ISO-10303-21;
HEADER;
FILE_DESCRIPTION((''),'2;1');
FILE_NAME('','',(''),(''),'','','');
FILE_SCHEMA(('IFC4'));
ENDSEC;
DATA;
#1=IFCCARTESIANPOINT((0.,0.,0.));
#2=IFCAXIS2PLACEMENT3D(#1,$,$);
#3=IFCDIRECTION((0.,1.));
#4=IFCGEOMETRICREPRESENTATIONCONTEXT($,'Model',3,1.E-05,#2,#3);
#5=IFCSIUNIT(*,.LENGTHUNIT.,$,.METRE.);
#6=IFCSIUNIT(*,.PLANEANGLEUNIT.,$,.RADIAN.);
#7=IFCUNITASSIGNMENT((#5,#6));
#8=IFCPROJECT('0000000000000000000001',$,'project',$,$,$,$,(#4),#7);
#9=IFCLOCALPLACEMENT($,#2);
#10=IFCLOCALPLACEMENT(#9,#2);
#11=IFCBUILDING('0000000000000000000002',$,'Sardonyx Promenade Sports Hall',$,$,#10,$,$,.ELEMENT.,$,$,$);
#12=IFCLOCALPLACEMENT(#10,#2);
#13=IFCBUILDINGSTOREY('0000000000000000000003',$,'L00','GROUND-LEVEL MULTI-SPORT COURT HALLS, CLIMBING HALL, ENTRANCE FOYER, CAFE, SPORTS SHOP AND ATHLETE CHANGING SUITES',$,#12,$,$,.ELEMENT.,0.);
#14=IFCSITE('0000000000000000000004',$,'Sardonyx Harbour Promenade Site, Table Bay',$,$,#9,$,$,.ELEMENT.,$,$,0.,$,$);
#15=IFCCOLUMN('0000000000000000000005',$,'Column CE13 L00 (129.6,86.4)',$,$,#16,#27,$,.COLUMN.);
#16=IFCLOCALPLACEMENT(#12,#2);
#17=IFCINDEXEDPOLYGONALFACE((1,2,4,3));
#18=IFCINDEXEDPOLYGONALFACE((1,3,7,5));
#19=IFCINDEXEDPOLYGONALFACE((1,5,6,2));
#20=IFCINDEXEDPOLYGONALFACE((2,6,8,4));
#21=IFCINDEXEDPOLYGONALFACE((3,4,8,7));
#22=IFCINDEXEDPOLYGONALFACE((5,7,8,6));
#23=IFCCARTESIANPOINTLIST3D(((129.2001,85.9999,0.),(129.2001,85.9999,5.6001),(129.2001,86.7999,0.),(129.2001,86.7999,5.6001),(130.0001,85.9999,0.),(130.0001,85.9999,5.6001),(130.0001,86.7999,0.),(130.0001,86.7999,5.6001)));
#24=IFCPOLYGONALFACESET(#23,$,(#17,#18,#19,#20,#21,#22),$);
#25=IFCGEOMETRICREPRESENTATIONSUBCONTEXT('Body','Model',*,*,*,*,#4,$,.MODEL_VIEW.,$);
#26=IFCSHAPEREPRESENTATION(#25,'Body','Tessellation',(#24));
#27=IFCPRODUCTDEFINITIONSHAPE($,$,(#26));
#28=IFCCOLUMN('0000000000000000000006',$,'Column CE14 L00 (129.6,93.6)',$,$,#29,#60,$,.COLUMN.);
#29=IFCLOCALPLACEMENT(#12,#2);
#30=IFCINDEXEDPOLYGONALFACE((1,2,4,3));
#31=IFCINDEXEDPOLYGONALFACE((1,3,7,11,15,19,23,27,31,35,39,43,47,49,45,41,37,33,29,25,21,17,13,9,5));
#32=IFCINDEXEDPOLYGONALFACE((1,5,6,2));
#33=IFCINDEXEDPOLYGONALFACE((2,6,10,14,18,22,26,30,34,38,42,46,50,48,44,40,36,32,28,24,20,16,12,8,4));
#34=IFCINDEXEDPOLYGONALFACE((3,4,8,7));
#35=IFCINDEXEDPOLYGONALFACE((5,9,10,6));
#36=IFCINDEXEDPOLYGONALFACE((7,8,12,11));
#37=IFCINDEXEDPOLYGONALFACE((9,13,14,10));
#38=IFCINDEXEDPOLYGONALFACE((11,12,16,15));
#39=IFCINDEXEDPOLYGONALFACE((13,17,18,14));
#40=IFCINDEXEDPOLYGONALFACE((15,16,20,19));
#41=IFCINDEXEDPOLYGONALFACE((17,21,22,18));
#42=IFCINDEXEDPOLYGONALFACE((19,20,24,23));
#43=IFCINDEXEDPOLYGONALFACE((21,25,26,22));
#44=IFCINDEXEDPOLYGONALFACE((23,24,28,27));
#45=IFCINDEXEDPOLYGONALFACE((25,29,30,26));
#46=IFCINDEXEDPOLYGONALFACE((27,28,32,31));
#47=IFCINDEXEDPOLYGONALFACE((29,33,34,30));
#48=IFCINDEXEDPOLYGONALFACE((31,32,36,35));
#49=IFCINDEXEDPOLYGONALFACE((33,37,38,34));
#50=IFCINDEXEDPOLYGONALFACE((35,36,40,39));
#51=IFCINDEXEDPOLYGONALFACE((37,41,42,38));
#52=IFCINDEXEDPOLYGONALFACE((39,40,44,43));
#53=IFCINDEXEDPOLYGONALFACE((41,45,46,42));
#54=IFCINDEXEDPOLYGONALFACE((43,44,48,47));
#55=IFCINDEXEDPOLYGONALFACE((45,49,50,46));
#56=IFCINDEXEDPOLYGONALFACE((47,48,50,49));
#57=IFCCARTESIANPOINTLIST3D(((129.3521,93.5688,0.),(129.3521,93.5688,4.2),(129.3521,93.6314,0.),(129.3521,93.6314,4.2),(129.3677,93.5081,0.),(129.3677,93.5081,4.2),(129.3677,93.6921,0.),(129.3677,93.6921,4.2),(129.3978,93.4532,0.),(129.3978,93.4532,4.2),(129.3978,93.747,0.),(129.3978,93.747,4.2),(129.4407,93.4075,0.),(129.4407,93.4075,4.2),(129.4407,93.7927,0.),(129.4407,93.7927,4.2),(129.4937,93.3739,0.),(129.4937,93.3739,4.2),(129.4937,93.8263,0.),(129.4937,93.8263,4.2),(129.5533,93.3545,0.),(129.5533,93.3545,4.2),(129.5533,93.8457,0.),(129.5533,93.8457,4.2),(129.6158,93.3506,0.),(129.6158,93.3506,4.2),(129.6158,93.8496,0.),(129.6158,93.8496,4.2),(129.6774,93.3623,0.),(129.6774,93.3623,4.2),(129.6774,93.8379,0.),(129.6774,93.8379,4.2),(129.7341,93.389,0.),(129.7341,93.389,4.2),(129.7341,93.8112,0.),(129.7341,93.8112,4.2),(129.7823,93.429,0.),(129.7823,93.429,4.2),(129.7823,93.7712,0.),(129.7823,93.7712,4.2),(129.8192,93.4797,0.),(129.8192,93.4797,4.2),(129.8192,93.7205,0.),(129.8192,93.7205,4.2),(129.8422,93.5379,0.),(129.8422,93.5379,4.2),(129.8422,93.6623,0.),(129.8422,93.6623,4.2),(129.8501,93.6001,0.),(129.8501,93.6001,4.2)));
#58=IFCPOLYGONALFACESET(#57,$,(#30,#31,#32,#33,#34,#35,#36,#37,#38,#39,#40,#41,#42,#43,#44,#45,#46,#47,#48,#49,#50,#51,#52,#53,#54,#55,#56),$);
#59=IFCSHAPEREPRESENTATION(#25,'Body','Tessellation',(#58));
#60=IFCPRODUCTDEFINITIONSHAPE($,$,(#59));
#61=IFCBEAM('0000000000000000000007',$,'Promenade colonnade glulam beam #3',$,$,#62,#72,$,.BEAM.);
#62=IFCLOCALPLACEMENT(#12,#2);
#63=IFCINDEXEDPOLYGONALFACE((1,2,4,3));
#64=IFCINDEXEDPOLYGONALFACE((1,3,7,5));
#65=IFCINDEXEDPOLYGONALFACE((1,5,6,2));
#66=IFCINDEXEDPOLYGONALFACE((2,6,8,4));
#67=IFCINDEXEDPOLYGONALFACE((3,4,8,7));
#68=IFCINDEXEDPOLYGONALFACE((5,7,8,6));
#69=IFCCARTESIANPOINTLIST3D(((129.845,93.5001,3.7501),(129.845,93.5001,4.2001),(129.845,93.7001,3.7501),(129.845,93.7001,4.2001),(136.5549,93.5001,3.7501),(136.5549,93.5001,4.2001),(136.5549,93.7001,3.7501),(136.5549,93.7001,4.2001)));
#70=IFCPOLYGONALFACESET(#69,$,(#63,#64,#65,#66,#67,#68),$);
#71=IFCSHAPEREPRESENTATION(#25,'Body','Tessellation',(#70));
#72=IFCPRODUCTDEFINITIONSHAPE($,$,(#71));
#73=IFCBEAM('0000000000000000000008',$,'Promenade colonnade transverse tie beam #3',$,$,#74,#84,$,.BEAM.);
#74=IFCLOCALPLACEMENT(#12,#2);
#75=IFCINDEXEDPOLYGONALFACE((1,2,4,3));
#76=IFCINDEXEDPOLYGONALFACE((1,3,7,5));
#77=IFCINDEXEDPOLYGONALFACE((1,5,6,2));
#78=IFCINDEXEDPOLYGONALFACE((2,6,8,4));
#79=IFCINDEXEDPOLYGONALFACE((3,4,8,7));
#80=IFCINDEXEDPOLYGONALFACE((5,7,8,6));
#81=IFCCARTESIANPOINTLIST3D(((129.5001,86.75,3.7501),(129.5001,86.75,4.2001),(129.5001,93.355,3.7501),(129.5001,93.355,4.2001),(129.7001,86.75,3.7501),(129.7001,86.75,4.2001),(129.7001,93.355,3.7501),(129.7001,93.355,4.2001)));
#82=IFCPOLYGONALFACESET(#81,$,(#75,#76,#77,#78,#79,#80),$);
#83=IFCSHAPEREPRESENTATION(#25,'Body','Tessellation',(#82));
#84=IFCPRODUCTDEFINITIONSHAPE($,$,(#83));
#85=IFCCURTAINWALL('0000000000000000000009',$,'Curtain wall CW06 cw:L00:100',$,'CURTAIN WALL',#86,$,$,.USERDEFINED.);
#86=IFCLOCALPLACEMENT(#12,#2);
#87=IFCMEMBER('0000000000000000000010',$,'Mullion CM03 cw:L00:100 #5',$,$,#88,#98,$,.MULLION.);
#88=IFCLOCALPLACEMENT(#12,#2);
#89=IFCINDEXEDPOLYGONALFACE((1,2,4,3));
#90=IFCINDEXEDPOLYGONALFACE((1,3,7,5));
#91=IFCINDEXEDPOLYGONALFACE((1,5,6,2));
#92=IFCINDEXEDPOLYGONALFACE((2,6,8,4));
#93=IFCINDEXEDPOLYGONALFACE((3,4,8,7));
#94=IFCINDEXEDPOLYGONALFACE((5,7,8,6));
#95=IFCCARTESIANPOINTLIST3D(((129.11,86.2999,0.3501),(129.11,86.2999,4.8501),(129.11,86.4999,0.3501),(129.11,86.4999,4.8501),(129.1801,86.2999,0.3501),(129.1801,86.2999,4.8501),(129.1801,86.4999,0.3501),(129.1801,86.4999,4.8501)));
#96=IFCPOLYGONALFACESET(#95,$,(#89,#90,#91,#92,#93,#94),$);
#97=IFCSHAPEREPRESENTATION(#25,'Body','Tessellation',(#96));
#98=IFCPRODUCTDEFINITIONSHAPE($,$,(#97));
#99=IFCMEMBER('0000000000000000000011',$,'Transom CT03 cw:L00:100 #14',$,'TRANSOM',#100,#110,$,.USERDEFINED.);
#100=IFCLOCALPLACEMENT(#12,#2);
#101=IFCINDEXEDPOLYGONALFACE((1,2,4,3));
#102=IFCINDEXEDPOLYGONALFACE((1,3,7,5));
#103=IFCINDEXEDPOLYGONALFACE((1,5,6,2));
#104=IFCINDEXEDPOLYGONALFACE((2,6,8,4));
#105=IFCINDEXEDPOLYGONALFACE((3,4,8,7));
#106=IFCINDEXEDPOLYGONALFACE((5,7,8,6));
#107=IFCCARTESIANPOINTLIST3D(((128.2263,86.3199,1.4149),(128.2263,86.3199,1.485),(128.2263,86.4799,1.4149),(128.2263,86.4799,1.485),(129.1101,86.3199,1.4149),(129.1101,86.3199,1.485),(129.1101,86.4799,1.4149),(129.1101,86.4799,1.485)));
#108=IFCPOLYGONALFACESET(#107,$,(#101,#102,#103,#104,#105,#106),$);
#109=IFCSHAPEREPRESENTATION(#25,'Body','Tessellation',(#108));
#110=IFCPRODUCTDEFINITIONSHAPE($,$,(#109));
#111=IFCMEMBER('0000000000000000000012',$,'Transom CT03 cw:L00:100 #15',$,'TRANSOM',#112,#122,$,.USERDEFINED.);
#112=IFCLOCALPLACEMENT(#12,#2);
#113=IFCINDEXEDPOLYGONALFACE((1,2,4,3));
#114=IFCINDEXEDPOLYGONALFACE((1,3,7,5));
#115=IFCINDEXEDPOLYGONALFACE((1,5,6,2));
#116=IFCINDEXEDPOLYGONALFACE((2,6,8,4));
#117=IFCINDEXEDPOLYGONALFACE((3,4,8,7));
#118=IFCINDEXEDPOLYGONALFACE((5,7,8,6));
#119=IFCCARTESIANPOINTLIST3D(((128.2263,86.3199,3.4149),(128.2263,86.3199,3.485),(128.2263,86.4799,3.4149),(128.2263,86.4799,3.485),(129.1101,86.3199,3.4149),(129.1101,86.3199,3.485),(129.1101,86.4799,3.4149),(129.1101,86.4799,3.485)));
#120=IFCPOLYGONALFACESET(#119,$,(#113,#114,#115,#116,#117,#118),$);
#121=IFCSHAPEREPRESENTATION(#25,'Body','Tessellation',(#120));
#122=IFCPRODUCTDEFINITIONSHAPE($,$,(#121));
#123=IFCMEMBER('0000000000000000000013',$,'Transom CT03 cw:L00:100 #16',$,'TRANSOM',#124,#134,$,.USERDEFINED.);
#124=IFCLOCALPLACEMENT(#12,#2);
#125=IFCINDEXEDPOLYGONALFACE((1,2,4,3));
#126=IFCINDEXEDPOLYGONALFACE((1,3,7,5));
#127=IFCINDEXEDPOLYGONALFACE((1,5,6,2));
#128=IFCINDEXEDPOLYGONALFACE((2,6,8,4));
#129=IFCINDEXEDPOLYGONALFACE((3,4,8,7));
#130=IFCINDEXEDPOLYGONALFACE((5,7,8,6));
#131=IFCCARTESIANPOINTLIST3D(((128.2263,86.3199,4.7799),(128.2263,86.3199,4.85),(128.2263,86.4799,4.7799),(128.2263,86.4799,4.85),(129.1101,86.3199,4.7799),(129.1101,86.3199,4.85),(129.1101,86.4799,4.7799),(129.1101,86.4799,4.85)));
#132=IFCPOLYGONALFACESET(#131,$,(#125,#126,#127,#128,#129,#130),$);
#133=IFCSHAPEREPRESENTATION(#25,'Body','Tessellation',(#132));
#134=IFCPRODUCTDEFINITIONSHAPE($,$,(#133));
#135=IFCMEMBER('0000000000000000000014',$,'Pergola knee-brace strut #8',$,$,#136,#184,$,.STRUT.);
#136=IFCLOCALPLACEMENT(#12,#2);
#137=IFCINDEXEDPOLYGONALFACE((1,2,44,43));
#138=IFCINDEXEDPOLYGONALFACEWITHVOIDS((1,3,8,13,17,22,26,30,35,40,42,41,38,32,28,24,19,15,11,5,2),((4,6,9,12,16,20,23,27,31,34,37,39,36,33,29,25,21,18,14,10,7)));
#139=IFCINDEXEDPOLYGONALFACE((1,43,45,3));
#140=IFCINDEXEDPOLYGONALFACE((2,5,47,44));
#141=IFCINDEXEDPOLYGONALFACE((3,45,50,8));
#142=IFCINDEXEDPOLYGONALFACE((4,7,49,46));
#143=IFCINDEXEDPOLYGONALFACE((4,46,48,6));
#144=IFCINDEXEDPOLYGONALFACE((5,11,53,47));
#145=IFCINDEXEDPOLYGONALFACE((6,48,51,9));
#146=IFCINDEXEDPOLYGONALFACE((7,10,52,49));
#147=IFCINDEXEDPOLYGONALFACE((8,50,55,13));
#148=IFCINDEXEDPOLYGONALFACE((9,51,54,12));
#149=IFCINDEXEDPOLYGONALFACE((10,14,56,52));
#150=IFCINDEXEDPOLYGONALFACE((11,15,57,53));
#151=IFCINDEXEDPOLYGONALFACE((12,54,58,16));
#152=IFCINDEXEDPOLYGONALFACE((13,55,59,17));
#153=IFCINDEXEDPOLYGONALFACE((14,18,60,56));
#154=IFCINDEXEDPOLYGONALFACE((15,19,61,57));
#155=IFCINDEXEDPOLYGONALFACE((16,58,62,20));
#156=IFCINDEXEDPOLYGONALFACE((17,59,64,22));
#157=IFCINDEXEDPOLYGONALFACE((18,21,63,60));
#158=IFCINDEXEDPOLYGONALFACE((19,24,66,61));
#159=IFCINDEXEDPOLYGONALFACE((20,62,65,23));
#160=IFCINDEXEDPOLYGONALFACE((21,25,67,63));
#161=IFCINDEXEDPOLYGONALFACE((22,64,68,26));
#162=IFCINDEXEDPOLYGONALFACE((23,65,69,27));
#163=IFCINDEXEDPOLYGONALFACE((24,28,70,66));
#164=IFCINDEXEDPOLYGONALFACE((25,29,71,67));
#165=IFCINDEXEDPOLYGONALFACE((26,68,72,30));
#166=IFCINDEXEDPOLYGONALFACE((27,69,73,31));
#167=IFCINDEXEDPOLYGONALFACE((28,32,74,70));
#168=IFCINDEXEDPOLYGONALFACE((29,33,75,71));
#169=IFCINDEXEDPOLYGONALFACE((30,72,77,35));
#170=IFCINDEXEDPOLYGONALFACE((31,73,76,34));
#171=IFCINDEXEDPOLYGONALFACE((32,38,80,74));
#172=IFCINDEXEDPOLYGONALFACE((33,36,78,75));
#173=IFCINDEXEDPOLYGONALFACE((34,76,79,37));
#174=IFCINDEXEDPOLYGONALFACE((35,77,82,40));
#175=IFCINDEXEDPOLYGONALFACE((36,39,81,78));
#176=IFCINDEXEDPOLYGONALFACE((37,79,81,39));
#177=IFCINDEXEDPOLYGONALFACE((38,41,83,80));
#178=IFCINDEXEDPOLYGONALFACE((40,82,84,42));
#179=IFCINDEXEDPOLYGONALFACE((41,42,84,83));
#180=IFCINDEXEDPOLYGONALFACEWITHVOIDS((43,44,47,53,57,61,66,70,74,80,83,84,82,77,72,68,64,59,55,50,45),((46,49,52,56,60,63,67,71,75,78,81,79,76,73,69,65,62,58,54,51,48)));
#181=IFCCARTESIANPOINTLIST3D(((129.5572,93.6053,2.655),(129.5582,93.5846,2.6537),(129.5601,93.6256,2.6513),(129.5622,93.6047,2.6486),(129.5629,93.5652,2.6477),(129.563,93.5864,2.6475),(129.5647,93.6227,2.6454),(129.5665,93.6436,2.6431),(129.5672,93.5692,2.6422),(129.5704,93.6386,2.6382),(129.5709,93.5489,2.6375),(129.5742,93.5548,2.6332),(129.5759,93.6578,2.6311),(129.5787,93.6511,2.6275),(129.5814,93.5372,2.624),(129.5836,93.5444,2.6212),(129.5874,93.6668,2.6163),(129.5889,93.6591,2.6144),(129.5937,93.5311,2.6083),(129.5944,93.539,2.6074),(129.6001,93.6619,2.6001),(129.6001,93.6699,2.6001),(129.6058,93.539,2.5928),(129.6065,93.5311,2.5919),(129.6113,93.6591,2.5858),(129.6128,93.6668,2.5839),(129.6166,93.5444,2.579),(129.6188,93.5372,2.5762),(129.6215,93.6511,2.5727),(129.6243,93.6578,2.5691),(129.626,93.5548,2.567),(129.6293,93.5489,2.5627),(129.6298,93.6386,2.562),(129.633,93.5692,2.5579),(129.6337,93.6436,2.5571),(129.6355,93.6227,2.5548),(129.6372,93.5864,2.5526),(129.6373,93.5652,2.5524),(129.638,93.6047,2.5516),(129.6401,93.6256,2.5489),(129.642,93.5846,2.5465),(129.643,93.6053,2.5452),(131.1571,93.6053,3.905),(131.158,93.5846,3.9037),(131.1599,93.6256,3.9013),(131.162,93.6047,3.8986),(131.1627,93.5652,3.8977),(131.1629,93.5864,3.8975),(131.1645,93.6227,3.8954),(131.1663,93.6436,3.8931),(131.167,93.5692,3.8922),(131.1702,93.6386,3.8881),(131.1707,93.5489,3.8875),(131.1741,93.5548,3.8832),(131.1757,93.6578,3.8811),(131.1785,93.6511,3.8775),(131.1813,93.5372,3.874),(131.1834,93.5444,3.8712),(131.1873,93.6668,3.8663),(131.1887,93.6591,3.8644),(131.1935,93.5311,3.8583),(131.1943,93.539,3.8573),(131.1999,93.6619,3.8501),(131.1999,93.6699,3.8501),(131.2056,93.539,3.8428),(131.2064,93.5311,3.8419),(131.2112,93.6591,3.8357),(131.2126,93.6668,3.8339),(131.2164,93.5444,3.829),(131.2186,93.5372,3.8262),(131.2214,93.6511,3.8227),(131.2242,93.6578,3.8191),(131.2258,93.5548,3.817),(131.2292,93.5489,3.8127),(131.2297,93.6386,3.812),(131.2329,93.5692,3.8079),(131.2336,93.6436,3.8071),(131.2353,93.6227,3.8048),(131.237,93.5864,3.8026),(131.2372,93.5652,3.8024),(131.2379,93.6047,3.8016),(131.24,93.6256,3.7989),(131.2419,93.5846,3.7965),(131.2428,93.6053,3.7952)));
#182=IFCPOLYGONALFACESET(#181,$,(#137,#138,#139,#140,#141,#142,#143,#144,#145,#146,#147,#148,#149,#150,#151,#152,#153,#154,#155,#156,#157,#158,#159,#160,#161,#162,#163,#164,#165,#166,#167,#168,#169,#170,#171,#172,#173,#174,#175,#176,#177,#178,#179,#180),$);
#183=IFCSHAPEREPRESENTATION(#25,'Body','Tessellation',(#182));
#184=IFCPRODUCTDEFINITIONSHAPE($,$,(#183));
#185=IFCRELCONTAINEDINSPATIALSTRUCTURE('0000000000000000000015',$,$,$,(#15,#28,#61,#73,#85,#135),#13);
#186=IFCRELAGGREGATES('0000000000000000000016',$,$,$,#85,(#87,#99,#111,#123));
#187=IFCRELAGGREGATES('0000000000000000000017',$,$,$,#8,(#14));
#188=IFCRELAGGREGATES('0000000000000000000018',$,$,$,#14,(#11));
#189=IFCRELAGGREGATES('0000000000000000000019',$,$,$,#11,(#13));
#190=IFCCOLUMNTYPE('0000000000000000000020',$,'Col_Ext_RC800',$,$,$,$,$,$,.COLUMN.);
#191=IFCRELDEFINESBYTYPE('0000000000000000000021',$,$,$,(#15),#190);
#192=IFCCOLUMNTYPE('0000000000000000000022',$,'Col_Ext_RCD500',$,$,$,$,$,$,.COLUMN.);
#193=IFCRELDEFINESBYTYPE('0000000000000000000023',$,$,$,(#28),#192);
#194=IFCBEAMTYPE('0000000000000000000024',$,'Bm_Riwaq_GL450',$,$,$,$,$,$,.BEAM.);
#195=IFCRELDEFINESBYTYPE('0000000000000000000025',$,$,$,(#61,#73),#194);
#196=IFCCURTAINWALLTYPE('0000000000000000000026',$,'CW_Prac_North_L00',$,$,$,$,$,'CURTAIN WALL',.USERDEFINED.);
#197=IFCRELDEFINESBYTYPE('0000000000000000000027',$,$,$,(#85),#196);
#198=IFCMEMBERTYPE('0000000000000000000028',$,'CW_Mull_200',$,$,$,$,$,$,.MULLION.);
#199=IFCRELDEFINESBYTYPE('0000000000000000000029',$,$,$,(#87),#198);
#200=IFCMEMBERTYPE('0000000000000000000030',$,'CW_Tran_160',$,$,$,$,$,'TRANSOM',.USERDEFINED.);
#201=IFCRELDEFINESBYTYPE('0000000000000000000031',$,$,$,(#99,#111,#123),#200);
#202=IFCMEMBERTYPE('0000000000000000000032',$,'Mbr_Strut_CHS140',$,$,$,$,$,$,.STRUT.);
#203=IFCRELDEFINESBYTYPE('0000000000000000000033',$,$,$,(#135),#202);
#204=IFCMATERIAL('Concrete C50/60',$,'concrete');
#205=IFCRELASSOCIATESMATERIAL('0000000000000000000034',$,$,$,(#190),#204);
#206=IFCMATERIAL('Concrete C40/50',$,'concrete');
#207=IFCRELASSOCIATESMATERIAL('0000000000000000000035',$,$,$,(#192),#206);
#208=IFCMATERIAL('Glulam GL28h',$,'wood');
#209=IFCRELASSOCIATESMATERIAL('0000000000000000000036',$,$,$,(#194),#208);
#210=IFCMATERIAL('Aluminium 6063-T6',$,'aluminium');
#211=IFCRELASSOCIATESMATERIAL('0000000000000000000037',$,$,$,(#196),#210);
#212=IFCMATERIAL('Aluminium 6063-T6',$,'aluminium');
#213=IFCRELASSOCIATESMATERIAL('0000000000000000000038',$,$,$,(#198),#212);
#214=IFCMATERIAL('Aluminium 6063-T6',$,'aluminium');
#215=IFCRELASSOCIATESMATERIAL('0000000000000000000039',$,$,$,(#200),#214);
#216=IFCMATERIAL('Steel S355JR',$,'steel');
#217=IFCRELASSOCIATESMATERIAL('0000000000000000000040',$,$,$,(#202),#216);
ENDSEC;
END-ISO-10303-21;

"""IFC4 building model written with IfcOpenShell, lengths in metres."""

from ifc_helpers import new_model, si_unit, direction, frame, origin, origin_2d, place, context, subcontext, project, spatial, rectangle, circle, hollow_circle, extrude, material, material_profile, profile_set, type_object, element, aggregate, save


model = new_model("IFC4")

# Units and contexts
model_context = context("Model", 3, precision=1e-05, world=origin(), true_north=direction((0.0, 1.0)))
body_context = subcontext(model_context, "Body", "Model", "MODEL_VIEW")
ifc_project = project(units=[si_unit("LENGTHUNIT", "METRE"), si_unit("PLANEANGLEUNIT", "RADIAN")], contexts=[model_context])

# Site, building, storey
site_placement = place(None, origin())
site = spatial("IfcSite", under=ifc_project, at=site_placement, Name="Sardonyx Harbour Promenade Site, Table Bay", CompositionType="ELEMENT", RefElevation=0.0)
building_placement = place(site_placement, origin())
building = spatial("IfcBuilding", under=site, at=building_placement, Name="Sardonyx Promenade Sports Hall", CompositionType="ELEMENT")
storey_placement = place(building_placement, origin())
storey = spatial("IfcBuildingStorey", under=building, at=storey_placement, Name="L00", Description="GROUND-LEVEL MULTI-SPORT COURT HALLS, CLIMBING HALL, ENTRANCE FOYER, CAFE, SPORTS SHOP AND ATHLETE CHANGING SUITES", CompositionType="ELEMENT", Elevation=0.0)

# Columns
ifc_material_1 = material(Name="Concrete C50/60", Category="concrete")
ifc_material_profile_1 = material_profile(ifc_material_1, rectangle(XDim=0.8, YDim=0.8, at=origin_2d()))
ifc_profile_set_1 = profile_set([ifc_material_profile_1], Name="Concrete C50/60")
column_type_1 = type_object("IfcColumnType", Name="Col_Ext_RC800", PredefinedType="COLUMN", material=ifc_profile_set_1)
column_1_placement = place(storey_placement, frame((129.6001, 86.3999, 0.0), z_axis=(0.0, 0.0, 1.0), x_axis=(1.0, 0.0, 0.0)))
element("IfcColumn", 1, at=column_1_placement, inside=storey, type_object=column_type_1, Name="Column CE13 L00 (129.6,86.4)", PredefinedType="COLUMN", context=body_context, shape_type="SweptSolid", body=[
    extrude(rectangle(XDim=0.8, YDim=0.8, at=origin_2d()), origin(), (0.0, 0.0, 1.0), 5.6001),
])
ifc_material_2 = material(Name="Concrete C40/50", Category="concrete")
ifc_material_profile_2 = material_profile(ifc_material_2, circle(Radius=0.25, at=origin_2d()))
ifc_profile_set_2 = profile_set([ifc_material_profile_2], Name="Concrete C40/50")
column_type_2 = type_object("IfcColumnType", Name="Col_Ext_RCD500", PredefinedType="COLUMN", material=ifc_profile_set_2)
column_2_placement = place(storey_placement, frame((129.6001, 93.6001, 0.0), z_axis=(0.0, 0.0, 1.0), x_axis=(1.0, 0.0, 0.0)))
element("IfcColumn", 2, at=column_2_placement, inside=storey, type_object=column_type_2, Name="Column CE14 L00 (129.6,93.6)", PredefinedType="COLUMN", context=body_context, shape_type="SweptSolid", body=[
    extrude(circle(Radius=0.25, at=origin_2d()), origin(), (0.0, 0.0, 1.0), 4.2),
])

# Beams
ifc_material_3 = material(Name="Glulam GL28h", Category="wood")
ifc_material_profile_3 = material_profile(ifc_material_3, rectangle(XDim=0.2, YDim=0.45, at=origin_2d()))
ifc_profile_set_3 = profile_set([ifc_material_profile_3], Name="Glulam GL28h")
beam_type = type_object("IfcBeamType", Name="Bm_Riwaq_GL450", PredefinedType="BEAM", material=ifc_profile_set_3)
beam_1_placement = place(storey_placement, frame((129.845, 93.6001, 3.9751), z_axis=(1.0, 0.0, 0.0), x_axis=(0.0, 1.0, 0.0)))
element("IfcBeam", 3, at=beam_1_placement, inside=storey, type_object=beam_type, Name="Promenade colonnade glulam beam #3", PredefinedType="BEAM", context=body_context, shape_type="SweptSolid", body=[
    extrude(rectangle(XDim=0.2, YDim=0.45, at=origin_2d()), origin(), (0.0, 0.0, 1.0), 6.71),
])
beam_2_placement = place(storey_placement, frame((129.6001, 86.75, 3.9751), z_axis=(0.0, 1.0, 0.0), x_axis=(-1.0, 0.0, 0.0)))
element("IfcBeam", 4, at=beam_2_placement, inside=storey, type_object=beam_type, Name="Promenade colonnade transverse tie beam #3", PredefinedType="BEAM", context=body_context, shape_type="SweptSolid", body=[
    extrude(rectangle(XDim=0.2, YDim=0.45, at=origin_2d()), origin(), (0.0, 0.0, 1.0), 6.605),
])

# Curtain wall, members
ifc_material_4 = material(Name="Aluminium 6063-T6", Category="aluminium")
curtain_wall_type = type_object("IfcCurtainWallType", Name="CW_Prac_North_L00", ElementType="CURTAIN WALL", PredefinedType="USERDEFINED", material=ifc_material_4)
curtain_wall_placement = place(storey_placement, origin())
curtain_wall = element("IfcCurtainWall", 5, at=curtain_wall_placement, inside=storey, type_object=curtain_wall_type, Name="Curtain wall CW06 cw:L00:100", ObjectType="CURTAIN WALL", PredefinedType="USERDEFINED")
ifc_material_5 = material(Name="Aluminium 6063-T6", Category="aluminium")
ifc_material_profile_4 = material_profile(ifc_material_5, rectangle(XDim=0.0701, YDim=0.2, at=origin_2d()))
ifc_profile_set_4 = profile_set([ifc_material_profile_4], Name="Aluminium 6063-T6")
member_type_1 = type_object("IfcMemberType", Name="CW_Mull_200", PredefinedType="MULLION", material=ifc_profile_set_4)
member_1_placement = place(storey_placement, frame((129.145, 86.3999, 0.3501), z_axis=(0.0, 0.0, 1.0), x_axis=(1.0, 0.0, 0.0)))
member_1 = element("IfcMember", 6, at=member_1_placement, type_object=member_type_1, Name="Mullion CM03 cw:L00:100 #5", PredefinedType="MULLION", context=body_context, shape_type="SweptSolid", body=[
    extrude(rectangle(XDim=0.0701, YDim=0.2, at=origin_2d()), origin(), (0.0, 0.0, 1.0), 4.5),
])
ifc_material_6 = material(Name="Aluminium 6063-T6", Category="aluminium")
ifc_material_profile_5 = material_profile(ifc_material_6, rectangle(XDim=0.0701, YDim=0.1599, at=origin_2d()))
ifc_profile_set_5 = profile_set([ifc_material_profile_5], Name="Aluminium 6063-T6")
member_type_2 = type_object("IfcMemberType", Name="CW_Tran_160", ElementType="TRANSOM", PredefinedType="USERDEFINED", material=ifc_profile_set_5)
member_2_placement = place(storey_placement, frame((128.2263, 86.3999, 1.45), z_axis=(1.0, 0.0, 0.0), x_axis=(0.0, 0.0, 1.0)))
member_2 = element("IfcMember", 7, at=member_2_placement, type_object=member_type_2, Name="Transom CT03 cw:L00:100 #14", ObjectType="TRANSOM", PredefinedType="USERDEFINED", context=body_context, shape_type="SweptSolid", body=[
    extrude(rectangle(XDim=0.0701, YDim=0.1599, at=origin_2d()), origin(), (0.0, 0.0, 1.0), 0.8838),
])
member_3_placement = place(storey_placement, frame((128.2263, 86.3999, 3.45), z_axis=(1.0, 0.0, 0.0), x_axis=(0.0, 0.0, 1.0)))
member_3 = element("IfcMember", 8, at=member_3_placement, type_object=member_type_2, Name="Transom CT03 cw:L00:100 #15", ObjectType="TRANSOM", PredefinedType="USERDEFINED", context=body_context, shape_type="SweptSolid", body=[
    extrude(rectangle(XDim=0.0701, YDim=0.1599, at=origin_2d()), origin(), (0.0, 0.0, 1.0), 0.8838),
])
member_4_placement = place(storey_placement, frame((128.2263, 86.3999, 4.8149), z_axis=(1.0, 0.0, 0.0), x_axis=(0.0, 0.0, 1.0)))
member_4 = element("IfcMember", 9, at=member_4_placement, type_object=member_type_2, Name="Transom CT03 cw:L00:100 #16", ObjectType="TRANSOM", PredefinedType="USERDEFINED", context=body_context, shape_type="SweptSolid", body=[
    extrude(rectangle(XDim=0.0701, YDim=0.1599, at=origin_2d()), origin(), (0.0, 0.0, 1.0), 0.8838),
])

# Member
ifc_material_7 = material(Name="Steel S355JR", Category="steel")
ifc_material_profile_6 = material_profile(ifc_material_7, hollow_circle(Radius=0.0698, WallThickness=0.0081, at=origin_2d()))
ifc_profile_set_6 = profile_set([ifc_material_profile_6], Name="Steel S355JR")
member_type_3 = type_object("IfcMemberType", Name="Mbr_Strut_CHS140", PredefinedType="STRUT", material=ifc_profile_set_6)
member_5_placement = place(storey_placement, frame((129.6001, 93.6001, 2.6001), z_axis=(0.787997, 0.0, 0.615679), x_axis=(0.0, 1.0, 0.0)))
element("IfcMember", 10, at=member_5_placement, inside=storey, type_object=member_type_3, Name="Pergola knee-brace strut #8", PredefinedType="STRUT", context=body_context, shape_type="SweptSolid", body=[
    extrude(hollow_circle(Radius=0.0698, WallThickness=0.0081, at=origin_2d()), origin(), (0.0, 0.0, 1.0), 2.0303),
])

aggregate(curtain_wall, [member_1, member_2, member_3, member_4])

save(model, "model.ifc")
